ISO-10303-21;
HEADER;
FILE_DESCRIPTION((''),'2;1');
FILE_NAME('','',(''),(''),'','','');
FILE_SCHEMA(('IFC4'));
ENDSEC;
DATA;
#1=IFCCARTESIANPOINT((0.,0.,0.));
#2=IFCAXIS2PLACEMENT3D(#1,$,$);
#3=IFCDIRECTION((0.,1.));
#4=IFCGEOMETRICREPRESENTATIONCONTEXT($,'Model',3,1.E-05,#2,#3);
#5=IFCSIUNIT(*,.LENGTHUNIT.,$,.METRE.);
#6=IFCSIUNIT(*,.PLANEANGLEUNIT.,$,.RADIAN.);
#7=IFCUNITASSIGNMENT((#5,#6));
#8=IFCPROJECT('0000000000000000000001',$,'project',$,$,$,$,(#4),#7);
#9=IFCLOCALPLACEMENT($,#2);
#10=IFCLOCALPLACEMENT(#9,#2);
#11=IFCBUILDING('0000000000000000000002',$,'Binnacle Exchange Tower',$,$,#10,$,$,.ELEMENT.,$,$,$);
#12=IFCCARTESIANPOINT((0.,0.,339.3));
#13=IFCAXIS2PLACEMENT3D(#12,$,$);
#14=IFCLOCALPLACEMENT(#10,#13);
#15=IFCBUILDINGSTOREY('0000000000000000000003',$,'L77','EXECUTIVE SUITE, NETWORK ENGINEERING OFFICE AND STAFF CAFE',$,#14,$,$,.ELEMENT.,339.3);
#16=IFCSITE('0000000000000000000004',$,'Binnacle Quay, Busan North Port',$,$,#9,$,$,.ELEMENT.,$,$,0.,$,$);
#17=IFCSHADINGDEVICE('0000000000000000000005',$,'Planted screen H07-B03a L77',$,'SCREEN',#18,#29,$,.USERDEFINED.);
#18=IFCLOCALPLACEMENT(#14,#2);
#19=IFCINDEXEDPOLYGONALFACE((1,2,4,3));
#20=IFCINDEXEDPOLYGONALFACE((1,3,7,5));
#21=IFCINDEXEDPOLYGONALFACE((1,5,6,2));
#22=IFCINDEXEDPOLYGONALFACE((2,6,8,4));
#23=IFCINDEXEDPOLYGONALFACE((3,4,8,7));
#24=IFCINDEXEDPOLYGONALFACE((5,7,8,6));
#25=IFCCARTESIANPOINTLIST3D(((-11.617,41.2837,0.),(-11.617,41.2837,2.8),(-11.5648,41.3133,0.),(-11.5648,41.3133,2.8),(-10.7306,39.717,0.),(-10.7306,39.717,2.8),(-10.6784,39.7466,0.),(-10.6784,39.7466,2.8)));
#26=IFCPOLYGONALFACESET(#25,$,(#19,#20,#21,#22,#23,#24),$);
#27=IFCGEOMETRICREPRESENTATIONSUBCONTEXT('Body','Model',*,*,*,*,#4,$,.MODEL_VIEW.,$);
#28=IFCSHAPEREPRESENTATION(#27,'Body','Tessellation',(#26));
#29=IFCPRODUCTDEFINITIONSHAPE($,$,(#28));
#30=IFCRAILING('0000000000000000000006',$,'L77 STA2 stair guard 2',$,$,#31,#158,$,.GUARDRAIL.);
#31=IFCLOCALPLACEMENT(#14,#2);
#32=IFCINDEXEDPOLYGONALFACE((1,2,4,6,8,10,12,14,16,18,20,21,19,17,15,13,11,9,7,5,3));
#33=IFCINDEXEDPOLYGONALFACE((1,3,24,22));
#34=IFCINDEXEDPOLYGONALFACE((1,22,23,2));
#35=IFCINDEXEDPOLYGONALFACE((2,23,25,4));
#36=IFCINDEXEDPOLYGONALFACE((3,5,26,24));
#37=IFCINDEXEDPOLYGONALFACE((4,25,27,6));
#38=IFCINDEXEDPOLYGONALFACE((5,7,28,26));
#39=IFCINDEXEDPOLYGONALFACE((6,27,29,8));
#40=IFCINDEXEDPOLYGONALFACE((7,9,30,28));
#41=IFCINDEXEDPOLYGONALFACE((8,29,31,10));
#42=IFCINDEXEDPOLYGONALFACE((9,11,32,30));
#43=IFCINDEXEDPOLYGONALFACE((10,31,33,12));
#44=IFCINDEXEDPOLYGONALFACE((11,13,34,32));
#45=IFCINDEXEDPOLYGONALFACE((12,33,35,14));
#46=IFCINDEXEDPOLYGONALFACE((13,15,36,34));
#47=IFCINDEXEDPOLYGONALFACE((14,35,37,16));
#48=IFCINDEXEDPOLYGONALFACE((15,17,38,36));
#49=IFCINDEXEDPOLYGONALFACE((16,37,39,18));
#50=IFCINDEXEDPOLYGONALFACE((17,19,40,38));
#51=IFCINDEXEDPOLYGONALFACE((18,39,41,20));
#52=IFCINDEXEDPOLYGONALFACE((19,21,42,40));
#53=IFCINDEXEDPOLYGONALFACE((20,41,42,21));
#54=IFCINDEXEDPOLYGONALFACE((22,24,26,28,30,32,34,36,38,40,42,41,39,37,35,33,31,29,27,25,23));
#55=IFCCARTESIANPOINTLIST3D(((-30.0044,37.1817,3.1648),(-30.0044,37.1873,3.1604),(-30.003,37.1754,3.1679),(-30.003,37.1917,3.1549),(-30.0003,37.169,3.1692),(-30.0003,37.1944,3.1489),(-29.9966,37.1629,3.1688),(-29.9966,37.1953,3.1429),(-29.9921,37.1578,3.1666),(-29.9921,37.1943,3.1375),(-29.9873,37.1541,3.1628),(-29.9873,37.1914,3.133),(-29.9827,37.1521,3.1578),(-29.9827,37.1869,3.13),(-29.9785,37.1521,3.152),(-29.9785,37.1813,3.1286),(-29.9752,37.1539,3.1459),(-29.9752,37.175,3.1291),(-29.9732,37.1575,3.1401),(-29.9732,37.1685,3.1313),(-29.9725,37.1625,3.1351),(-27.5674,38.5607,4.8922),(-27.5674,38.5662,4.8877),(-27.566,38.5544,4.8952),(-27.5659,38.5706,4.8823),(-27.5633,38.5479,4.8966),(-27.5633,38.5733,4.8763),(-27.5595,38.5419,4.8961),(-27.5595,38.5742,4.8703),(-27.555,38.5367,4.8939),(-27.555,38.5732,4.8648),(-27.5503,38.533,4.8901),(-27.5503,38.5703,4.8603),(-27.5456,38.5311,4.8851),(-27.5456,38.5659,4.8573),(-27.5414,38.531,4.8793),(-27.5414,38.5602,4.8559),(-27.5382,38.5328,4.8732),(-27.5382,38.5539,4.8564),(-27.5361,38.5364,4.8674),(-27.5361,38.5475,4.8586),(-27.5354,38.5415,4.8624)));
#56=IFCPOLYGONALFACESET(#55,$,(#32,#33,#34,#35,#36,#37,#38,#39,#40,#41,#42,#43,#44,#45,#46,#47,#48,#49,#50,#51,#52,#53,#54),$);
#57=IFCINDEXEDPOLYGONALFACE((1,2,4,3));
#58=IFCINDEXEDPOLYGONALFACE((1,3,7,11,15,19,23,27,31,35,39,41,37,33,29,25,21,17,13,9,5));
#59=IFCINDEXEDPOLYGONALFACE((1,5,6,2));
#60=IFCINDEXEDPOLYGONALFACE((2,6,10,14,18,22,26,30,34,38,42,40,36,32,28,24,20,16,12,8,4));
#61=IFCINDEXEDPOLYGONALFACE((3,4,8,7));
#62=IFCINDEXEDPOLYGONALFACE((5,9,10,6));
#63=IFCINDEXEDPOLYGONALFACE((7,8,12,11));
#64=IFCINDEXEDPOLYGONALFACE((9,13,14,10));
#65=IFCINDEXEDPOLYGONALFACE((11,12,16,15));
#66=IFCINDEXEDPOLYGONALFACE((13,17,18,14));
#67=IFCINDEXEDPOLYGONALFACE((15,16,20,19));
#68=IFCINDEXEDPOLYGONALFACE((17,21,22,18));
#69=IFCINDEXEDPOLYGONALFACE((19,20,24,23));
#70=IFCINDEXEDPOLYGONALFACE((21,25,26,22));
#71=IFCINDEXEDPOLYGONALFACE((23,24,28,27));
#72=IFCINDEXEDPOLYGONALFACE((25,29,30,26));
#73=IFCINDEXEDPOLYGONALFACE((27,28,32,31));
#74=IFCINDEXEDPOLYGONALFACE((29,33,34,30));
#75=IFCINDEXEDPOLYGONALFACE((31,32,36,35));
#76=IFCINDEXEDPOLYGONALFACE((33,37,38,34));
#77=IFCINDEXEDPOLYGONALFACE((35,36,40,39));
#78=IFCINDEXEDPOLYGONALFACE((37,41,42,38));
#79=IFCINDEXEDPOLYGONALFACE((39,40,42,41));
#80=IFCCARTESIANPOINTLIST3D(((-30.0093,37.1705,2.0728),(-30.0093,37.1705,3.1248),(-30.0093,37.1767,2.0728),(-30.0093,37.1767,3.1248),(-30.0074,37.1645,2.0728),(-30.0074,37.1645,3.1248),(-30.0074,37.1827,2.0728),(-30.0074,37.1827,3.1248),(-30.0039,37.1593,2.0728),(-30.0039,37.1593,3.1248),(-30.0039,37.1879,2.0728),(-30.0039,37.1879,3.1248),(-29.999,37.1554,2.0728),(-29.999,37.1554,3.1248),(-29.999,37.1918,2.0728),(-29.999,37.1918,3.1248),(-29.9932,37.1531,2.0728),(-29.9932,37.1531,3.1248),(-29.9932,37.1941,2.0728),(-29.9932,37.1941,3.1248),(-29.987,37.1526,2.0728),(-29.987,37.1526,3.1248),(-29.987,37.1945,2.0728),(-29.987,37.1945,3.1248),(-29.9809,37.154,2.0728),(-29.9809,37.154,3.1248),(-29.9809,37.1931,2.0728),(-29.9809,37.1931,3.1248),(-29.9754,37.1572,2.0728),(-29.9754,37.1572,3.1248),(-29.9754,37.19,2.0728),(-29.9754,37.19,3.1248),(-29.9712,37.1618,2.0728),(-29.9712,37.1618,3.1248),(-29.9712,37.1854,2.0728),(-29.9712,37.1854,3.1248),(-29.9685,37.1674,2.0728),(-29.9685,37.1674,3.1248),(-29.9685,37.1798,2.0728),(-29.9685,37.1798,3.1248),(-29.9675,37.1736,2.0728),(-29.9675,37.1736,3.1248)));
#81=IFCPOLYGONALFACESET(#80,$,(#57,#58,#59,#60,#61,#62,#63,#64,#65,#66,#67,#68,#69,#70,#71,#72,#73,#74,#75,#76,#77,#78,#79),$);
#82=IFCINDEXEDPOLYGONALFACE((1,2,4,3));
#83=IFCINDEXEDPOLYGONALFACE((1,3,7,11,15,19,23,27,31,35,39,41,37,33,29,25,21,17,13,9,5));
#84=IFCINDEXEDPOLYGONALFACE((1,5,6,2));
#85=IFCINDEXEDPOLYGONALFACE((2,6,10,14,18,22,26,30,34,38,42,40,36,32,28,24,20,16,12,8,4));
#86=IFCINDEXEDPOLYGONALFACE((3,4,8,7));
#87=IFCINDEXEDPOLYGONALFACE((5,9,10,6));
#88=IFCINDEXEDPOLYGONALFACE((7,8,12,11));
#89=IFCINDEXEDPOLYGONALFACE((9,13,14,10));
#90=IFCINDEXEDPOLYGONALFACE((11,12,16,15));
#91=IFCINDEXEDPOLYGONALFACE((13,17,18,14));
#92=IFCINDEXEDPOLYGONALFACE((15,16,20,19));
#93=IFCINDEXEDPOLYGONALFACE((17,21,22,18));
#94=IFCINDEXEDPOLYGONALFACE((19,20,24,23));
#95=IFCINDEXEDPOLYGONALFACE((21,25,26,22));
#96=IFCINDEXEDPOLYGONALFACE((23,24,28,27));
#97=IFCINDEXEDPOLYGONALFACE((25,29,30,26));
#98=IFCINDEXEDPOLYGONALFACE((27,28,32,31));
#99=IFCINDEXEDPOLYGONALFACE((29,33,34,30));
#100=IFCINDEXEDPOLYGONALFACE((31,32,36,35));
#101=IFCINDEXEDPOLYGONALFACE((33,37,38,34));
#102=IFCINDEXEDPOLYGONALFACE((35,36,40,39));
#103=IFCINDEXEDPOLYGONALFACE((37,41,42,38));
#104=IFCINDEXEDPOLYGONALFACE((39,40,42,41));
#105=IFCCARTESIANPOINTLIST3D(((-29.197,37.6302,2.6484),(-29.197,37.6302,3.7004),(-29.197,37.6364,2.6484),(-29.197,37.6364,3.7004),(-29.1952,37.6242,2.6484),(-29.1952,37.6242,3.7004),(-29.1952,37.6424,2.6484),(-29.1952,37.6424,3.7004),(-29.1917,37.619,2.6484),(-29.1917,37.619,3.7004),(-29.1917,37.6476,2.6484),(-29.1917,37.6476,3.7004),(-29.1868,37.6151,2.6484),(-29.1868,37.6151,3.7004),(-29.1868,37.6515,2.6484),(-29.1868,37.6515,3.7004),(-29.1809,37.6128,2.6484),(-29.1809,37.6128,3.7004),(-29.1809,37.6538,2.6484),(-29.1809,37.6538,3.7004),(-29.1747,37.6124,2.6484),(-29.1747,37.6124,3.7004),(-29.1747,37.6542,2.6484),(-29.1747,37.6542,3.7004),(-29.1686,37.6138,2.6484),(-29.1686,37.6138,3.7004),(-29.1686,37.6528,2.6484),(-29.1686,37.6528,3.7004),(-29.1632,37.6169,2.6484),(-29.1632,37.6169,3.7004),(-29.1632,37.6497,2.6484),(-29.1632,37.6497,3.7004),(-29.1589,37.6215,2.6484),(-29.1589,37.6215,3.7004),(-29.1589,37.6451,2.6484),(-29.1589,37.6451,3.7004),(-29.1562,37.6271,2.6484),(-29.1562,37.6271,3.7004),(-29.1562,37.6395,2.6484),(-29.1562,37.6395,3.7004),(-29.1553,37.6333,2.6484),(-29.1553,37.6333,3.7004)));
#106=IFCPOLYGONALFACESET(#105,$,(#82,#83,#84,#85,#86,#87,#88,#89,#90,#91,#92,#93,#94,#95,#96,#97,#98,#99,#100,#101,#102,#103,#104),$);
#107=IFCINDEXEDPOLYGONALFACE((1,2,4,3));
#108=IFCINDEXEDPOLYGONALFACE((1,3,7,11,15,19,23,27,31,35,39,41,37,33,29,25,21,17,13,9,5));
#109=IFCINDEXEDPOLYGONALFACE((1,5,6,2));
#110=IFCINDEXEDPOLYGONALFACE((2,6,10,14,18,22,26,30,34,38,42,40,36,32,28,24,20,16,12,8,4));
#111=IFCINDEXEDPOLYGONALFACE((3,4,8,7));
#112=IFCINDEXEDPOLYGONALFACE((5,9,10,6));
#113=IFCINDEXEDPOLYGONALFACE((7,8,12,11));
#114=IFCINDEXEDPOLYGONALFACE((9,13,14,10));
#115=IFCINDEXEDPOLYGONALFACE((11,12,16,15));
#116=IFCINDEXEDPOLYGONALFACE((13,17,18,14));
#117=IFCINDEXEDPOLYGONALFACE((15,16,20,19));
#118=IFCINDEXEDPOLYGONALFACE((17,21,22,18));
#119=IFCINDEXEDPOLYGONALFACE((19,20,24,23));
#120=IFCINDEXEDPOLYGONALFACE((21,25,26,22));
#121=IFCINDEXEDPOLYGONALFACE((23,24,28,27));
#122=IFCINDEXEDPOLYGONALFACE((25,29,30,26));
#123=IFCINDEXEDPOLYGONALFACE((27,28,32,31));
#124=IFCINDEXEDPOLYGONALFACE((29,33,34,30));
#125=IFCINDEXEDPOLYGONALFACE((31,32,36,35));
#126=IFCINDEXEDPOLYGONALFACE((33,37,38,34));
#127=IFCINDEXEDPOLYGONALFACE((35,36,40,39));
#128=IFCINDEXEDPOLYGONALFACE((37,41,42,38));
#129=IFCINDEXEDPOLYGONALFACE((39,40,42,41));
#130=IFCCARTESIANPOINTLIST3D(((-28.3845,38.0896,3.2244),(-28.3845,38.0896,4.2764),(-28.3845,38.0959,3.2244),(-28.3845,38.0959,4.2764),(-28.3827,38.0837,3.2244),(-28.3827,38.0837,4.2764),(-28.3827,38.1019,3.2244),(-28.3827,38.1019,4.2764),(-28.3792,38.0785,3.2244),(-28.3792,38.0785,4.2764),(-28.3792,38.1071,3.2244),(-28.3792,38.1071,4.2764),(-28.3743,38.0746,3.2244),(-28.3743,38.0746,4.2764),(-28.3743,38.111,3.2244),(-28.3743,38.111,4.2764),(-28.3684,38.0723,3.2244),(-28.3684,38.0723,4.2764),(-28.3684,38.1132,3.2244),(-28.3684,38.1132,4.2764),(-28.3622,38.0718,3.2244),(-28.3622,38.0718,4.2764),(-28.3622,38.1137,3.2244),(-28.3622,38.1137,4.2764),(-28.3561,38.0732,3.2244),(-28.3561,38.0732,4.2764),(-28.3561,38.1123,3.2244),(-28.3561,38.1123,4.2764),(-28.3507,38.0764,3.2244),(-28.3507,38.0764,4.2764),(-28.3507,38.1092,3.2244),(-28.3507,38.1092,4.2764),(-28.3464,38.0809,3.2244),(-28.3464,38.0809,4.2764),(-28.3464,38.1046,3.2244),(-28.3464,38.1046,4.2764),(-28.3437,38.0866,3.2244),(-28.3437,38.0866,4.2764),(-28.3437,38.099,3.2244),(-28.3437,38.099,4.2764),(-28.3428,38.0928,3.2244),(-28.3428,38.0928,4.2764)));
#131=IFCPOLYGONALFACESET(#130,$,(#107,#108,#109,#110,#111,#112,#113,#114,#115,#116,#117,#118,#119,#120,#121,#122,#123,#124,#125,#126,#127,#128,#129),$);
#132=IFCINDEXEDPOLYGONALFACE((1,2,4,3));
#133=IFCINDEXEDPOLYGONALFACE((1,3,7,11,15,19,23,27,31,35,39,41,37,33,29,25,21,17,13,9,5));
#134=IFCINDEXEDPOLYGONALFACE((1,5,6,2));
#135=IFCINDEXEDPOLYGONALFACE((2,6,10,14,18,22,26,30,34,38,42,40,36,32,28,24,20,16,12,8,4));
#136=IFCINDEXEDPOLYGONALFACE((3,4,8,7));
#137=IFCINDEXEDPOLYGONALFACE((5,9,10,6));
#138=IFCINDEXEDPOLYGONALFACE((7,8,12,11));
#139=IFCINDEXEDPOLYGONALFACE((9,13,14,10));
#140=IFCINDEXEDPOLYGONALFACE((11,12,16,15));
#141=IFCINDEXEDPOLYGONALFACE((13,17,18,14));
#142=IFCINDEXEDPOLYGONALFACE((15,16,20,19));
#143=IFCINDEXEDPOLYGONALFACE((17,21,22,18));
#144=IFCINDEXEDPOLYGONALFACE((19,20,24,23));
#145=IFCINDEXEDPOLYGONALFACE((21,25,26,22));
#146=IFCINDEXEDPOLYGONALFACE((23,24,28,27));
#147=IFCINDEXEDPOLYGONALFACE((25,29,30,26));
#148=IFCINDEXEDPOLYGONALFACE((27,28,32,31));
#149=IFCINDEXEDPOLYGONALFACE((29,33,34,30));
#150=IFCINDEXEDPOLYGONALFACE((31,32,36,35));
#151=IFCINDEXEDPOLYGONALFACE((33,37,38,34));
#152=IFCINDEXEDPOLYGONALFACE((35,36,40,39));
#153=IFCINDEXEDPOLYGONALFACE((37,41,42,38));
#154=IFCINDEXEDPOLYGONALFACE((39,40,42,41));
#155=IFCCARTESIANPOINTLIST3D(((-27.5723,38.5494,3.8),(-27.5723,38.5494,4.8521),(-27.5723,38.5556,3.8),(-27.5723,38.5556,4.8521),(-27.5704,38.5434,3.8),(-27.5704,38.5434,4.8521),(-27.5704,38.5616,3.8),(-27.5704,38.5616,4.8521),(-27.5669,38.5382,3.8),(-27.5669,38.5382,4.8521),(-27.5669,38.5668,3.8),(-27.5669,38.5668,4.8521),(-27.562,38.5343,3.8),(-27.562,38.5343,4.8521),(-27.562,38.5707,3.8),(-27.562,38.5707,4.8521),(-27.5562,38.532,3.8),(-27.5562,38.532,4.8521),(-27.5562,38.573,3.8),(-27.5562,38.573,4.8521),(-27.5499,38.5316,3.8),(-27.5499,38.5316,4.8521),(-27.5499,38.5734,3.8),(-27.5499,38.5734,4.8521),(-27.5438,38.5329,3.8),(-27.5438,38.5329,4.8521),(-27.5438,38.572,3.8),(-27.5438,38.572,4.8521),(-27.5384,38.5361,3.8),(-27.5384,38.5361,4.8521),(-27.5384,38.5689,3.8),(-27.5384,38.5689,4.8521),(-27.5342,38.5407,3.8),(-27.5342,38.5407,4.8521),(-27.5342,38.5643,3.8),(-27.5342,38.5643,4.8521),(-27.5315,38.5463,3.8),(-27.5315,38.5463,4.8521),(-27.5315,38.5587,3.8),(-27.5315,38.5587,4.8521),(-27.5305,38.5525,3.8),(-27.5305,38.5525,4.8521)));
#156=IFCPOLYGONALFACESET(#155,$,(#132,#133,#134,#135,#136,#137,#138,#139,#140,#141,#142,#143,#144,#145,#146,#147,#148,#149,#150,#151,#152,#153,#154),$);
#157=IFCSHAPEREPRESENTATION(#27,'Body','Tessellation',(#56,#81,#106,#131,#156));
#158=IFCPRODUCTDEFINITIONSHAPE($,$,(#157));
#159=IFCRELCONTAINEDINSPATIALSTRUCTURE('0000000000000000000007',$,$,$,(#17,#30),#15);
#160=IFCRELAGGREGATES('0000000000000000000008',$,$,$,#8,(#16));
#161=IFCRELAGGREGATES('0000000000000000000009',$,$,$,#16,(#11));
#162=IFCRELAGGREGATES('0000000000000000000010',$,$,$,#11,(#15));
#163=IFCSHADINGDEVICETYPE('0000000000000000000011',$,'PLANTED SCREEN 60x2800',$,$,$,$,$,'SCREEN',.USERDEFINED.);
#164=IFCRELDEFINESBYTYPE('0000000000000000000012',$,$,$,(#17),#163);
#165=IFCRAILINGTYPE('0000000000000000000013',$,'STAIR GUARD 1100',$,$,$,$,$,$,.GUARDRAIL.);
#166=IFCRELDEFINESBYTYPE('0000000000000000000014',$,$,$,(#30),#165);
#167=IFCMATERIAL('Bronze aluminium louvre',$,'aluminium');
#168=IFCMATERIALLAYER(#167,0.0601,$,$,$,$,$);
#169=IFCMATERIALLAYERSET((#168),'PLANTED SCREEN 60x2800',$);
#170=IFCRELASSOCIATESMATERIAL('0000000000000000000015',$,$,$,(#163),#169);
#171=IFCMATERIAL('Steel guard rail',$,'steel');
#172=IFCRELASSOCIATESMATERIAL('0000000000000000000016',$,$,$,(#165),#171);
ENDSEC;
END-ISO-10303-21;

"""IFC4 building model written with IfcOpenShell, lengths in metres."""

from ifc_helpers import new_model, si_unit, direction, frame, origin, origin_2d, place, context, subcontext, project, spatial, rectangle, circle, extrude, material, layer, layer_set, type_object, element, save


model = new_model("IFC4")

# Units and contexts
model_context = context("Model", 3, precision=1e-05, world=origin(), true_north=direction((0.0, 1.0)))
body_context = subcontext(model_context, "Body", "Model", "MODEL_VIEW")
ifc_project = project(units=[si_unit("LENGTHUNIT", "METRE"), si_unit("PLANEANGLEUNIT", "RADIAN")], contexts=[model_context])

# Site, building, storey
site_placement = place(None, origin())
site = spatial("IfcSite", under=ifc_project, at=site_placement, Name="Binnacle Quay, Busan North Port", CompositionType="ELEMENT", RefElevation=0.0)
building_placement = place(site_placement, origin())
building = spatial("IfcBuilding", under=site, at=building_placement, Name="Binnacle Exchange Tower", CompositionType="ELEMENT")
storey_placement = place(building_placement, frame((0.0, 0.0, 339.3)))
storey = spatial("IfcBuildingStorey", under=building, at=storey_placement, Name="L77", Description="EXECUTIVE SUITE, NETWORK ENGINEERING OFFICE AND STAFF CAFE", CompositionType="ELEMENT", Elevation=339.3)

# Shading device
ifc_material_1 = material(Name="Bronze aluminium louvre", Category="aluminium")
ifc_layer_1 = layer(ifc_material_1, 0.0601)
ifc_layer_set_1 = layer_set([ifc_layer_1], Name="PLANTED SCREEN 60x2800")
shading_device_type = type_object("IfcShadingDeviceType", Name="PLANTED SCREEN 60x2800", ElementType="SCREEN", PredefinedType="USERDEFINED", material=ifc_layer_set_1)
for number, where, z_axis, x_axis, name in (
    (1, (-11.1477, 40.5151, 0.0), (0.0, 0.0, 1.0), (0.870356, 0.492424, 0.0), "Planted screen H07-B03a L77"),
):
    element("IfcShadingDevice", number, at=place(storey_placement, frame(where, z_axis=z_axis, x_axis=x_axis)), inside=storey, type_object=shading_device_type, Name=name, ObjectType="SCREEN", PredefinedType="USERDEFINED", context=body_context, shape_type="SweptSolid", body=[
        extrude(rectangle(XDim=0.0601, YDim=1.8, at=origin_2d()), origin(), (0.0, 0.0, 1.0), 2.8),
    ])

# Railing
ifc_material_2 = material(Name="Steel guard rail", Category="steel")
railing_type_1 = type_object("IfcRailingType", Name="STAIR GUARD 1100", PredefinedType="GUARDRAIL", material=ifc_material_2)
railing_1_placement = place(storey_placement, frame((-29.9885, 37.1736, 2.0728)))
element("IfcRailing", 2, at=railing_1_placement, inside=storey, type_object=railing_type_1, Name="L77 STA2 stair guard 2", PredefinedType="GUARDRAIL", context=body_context, shape_type="SweptSolid", body=[
    extrude(circle(Radius=0.0239, at=origin_2d()), frame((0.0, 0.0, 1.0762), z_axis=(0.740738, 0.419123, 0.525017), x_axis=(-0.492454, 0.870339, 0.0)), (0.0, 0.0, 1.0), 3.29),
    extrude(circle(Radius=0.021, at=origin_2d()), origin(), (0.0, 0.0, 1.0), 1.052),
    extrude(circle(Radius=0.021, at=origin_2d()), frame((0.8123, 0.4597, 0.5757)), (0.0, 0.0, 1.0), 1.052),
    extrude(circle(Radius=0.021, at=origin_2d()), frame((1.6248, 0.9192, 1.1516)), (0.0, 0.0, 1.0), 1.052),
    extrude(circle(Radius=0.021, at=origin_2d()), frame((2.437, 1.3789, 1.7273)), (0.0, 0.0, 1.0), 1.052),
])

save(model, "model.ifc")
